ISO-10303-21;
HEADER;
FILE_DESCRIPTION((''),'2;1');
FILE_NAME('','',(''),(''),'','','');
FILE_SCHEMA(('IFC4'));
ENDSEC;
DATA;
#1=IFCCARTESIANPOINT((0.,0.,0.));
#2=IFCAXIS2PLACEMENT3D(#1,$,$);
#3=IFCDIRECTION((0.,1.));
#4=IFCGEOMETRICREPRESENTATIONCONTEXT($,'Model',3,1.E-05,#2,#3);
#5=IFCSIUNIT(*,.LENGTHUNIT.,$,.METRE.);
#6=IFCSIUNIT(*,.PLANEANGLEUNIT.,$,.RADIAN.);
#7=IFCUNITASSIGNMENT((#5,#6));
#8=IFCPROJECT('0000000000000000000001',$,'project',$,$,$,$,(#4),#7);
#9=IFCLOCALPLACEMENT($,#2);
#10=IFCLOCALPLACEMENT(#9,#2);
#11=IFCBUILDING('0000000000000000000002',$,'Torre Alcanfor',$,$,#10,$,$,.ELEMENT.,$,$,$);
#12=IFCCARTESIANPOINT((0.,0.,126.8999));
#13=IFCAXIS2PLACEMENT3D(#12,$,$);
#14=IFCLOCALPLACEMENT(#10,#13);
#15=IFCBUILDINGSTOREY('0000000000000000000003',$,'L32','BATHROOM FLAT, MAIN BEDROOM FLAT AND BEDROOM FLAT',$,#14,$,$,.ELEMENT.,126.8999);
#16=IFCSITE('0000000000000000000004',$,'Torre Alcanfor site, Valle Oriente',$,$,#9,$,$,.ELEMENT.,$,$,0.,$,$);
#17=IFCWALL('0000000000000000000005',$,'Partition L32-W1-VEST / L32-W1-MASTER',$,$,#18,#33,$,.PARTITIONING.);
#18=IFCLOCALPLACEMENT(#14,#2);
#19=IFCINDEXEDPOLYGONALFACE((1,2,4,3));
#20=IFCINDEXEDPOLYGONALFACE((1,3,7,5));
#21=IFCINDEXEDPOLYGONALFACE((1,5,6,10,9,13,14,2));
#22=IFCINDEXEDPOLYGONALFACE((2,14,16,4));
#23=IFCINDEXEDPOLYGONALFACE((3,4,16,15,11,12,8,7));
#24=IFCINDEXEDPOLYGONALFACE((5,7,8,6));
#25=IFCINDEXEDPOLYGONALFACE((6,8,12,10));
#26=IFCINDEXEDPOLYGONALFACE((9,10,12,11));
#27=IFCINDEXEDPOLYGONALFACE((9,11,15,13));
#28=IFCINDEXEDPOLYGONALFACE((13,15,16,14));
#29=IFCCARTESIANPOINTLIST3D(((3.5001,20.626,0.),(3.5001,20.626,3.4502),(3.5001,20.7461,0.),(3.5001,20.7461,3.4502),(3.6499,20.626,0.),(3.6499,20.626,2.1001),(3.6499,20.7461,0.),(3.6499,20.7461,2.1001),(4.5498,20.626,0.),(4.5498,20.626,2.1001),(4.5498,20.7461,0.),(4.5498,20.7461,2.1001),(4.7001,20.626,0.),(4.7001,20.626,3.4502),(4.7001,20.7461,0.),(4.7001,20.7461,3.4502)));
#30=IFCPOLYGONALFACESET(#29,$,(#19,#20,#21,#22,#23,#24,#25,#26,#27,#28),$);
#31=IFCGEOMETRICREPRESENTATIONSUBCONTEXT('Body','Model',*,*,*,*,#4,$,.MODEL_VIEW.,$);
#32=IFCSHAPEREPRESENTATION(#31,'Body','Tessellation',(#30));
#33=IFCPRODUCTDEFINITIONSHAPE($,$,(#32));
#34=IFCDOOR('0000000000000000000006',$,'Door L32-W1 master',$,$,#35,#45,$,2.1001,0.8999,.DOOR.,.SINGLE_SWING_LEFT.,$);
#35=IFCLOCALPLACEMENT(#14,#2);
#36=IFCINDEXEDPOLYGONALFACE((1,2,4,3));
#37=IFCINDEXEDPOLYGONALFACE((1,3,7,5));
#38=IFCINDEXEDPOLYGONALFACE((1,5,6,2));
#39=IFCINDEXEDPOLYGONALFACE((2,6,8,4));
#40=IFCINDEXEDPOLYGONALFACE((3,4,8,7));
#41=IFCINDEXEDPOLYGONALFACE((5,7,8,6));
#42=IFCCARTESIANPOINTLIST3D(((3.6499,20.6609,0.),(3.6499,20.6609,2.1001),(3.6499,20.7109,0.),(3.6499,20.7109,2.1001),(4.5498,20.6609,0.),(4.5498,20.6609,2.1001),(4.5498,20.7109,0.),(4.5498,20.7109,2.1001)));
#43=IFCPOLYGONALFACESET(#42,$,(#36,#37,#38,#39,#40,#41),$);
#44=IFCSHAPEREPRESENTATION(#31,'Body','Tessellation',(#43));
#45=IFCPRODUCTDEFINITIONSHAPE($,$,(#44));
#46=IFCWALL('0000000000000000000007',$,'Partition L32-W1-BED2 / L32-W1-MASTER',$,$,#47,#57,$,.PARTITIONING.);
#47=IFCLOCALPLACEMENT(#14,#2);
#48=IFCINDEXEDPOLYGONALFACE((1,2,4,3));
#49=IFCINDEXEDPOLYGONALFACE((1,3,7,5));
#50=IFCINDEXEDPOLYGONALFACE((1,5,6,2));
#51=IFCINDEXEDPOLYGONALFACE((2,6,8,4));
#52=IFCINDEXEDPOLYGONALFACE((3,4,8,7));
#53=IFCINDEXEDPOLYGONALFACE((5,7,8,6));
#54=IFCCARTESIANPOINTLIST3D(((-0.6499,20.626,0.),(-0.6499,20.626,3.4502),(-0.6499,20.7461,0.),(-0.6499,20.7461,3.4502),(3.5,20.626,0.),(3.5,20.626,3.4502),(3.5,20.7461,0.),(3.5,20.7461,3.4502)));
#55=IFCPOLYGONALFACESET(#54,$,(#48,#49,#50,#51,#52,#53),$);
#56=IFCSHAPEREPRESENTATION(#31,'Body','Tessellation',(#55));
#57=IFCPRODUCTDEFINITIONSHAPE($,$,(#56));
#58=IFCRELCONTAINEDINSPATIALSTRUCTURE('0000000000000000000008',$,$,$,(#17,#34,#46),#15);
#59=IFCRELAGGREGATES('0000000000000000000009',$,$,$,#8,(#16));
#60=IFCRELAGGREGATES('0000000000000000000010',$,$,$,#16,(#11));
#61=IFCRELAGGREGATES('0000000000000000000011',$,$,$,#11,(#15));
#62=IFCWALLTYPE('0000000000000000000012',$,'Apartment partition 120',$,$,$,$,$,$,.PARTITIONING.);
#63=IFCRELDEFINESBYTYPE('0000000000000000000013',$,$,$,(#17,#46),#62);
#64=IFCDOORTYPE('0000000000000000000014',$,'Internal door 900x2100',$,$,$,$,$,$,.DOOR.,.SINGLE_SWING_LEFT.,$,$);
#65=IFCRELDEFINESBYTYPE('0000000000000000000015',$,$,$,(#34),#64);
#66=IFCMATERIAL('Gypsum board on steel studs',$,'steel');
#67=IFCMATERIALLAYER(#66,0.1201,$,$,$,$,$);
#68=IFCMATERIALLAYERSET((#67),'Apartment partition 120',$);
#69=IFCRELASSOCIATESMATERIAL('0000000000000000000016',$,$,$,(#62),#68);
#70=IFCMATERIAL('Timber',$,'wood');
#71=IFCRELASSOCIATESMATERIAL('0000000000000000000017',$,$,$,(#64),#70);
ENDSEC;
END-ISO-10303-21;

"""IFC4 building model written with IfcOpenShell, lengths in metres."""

from ifc_helpers import new_model, si_unit, direction, frame, frame_2d, origin, place, context, subcontext, project, spatial, rectangle, extrude, material, layer, layer_set, type_object, element, fill, save


model = new_model("IFC4")

# Units and contexts
model_context = context("Model", 3, precision=1e-05, world=origin(), true_north=direction((0.0, 1.0)))
body_context = subcontext(model_context, "Body", "Model", "MODEL_VIEW")
ifc_project = project(units=[si_unit("LENGTHUNIT", "METRE"), si_unit("PLANEANGLEUNIT", "RADIAN")], contexts=[model_context])

# Site, building, storey
site_placement = place(None, origin())
site = spatial("IfcSite", under=ifc_project, at=site_placement, Name="Torre Alcanfor site, Valle Oriente", CompositionType="ELEMENT", RefElevation=0.0)
building_placement = place(site_placement, origin())
building = spatial("IfcBuilding", under=site, at=building_placement, Name="Torre Alcanfor", CompositionType="ELEMENT")
storey_placement = place(building_placement, frame((0.0, 0.0, 126.8999)))
storey = spatial("IfcBuildingStorey", under=building, at=storey_placement, Name="L32", Description="BATHROOM FLAT, MAIN BEDROOM FLAT AND BEDROOM FLAT", CompositionType="ELEMENT", Elevation=126.8999)

# Shared definitions
ifc_material_1 = material(Name="Gypsum board on steel studs", Category="steel")
ifc_layer_1 = layer(ifc_material_1, 0.1201)
ifc_layer_set_1 = layer_set([ifc_layer_1], Name="Apartment partition 120")
wall_type = type_object("IfcWallType", Name="Apartment partition 120", PredefinedType="PARTITIONING", material=ifc_layer_set_1)

# Wall, opening, door
ifc_material_2 = material(Name="Timber", Category="wood")
door_type = type_object("IfcDoorType", Name="Internal door 900x2100", OperationType="SINGLE_SWING_LEFT", PredefinedType="DOOR", material=ifc_material_2)
wall_1_placement = place(storey_placement, frame((3.5, 20.686, 0.0), z_axis=(0.0, 0.0, 1.0), x_axis=(1.0, 0.0, 0.0)))
wall_1 = element("IfcWall", 1, at=wall_1_placement, inside=storey, type_object=wall_type, Name="Partition L32-W1-VEST / L32-W1-MASTER", PredefinedType="PARTITIONING", context=body_context, shape_type="SweptSolid", body=[
    extrude(rectangle(XDim=1.2, YDim=0.1201, at=frame_2d((0.6001, 0.0))), origin(), (0.0, 0.0, 1.0), 3.4502),
])
opening_1_placement = place(wall_1_placement, frame((0.1499, 0.0, 0.0)))
opening_1 = element("IfcOpeningElement", 2, at=opening_1_placement, cuts=wall_1, PredefinedType="OPENING", context=body_context, shape_type="SweptSolid", body=[
    extrude(rectangle(XDim=0.8999, YDim=2.1001, at=frame_2d((0.45, 1.05))), frame((0.0, 0.0701, 0.0), z_axis=(0.0, -1.0, 0.0), x_axis=(1.0, 0.0, 0.0)), (0.0, 0.0, 1.0), 0.1401),
])
door_1_placement = place(opening_1_placement, origin())
door_1 = element("IfcDoor", 3, at=door_1_placement, inside=storey, type_object=door_type, Name="Door L32-W1 master", OperationType="SINGLE_SWING_LEFT", OverallHeight=2.1001, OverallWidth=0.8999, PredefinedType="DOOR", context=body_context, shape_type="SweptSolid", body=[
    extrude(rectangle(XDim=0.8999, YDim=2.1001, at=frame_2d((0.45, 1.05))), frame((0.0, 0.0249, 0.0), z_axis=(0.0, -1.0, 0.0), x_axis=(1.0, 0.0, 0.0)), (0.0, 0.0, 1.0), 0.05),
])
fill(opening_1, door_1)

# Wall
wall_2_placement = place(storey_placement, frame((-0.6499, 20.686, 0.0), z_axis=(0.0, 0.0, 1.0), x_axis=(1.0, 0.0, 0.0)))
element("IfcWall", 4, at=wall_2_placement, inside=storey, type_object=wall_type, Name="Partition L32-W1-BED2 / L32-W1-MASTER", PredefinedType="PARTITIONING", context=body_context, shape_type="SweptSolid", body=[
    extrude(rectangle(XDim=4.1499, YDim=0.1201, at=frame_2d((2.075, 0.0))), origin(), (0.0, 0.0, 1.0), 3.4502),
])

save(model, "model.ifc")
